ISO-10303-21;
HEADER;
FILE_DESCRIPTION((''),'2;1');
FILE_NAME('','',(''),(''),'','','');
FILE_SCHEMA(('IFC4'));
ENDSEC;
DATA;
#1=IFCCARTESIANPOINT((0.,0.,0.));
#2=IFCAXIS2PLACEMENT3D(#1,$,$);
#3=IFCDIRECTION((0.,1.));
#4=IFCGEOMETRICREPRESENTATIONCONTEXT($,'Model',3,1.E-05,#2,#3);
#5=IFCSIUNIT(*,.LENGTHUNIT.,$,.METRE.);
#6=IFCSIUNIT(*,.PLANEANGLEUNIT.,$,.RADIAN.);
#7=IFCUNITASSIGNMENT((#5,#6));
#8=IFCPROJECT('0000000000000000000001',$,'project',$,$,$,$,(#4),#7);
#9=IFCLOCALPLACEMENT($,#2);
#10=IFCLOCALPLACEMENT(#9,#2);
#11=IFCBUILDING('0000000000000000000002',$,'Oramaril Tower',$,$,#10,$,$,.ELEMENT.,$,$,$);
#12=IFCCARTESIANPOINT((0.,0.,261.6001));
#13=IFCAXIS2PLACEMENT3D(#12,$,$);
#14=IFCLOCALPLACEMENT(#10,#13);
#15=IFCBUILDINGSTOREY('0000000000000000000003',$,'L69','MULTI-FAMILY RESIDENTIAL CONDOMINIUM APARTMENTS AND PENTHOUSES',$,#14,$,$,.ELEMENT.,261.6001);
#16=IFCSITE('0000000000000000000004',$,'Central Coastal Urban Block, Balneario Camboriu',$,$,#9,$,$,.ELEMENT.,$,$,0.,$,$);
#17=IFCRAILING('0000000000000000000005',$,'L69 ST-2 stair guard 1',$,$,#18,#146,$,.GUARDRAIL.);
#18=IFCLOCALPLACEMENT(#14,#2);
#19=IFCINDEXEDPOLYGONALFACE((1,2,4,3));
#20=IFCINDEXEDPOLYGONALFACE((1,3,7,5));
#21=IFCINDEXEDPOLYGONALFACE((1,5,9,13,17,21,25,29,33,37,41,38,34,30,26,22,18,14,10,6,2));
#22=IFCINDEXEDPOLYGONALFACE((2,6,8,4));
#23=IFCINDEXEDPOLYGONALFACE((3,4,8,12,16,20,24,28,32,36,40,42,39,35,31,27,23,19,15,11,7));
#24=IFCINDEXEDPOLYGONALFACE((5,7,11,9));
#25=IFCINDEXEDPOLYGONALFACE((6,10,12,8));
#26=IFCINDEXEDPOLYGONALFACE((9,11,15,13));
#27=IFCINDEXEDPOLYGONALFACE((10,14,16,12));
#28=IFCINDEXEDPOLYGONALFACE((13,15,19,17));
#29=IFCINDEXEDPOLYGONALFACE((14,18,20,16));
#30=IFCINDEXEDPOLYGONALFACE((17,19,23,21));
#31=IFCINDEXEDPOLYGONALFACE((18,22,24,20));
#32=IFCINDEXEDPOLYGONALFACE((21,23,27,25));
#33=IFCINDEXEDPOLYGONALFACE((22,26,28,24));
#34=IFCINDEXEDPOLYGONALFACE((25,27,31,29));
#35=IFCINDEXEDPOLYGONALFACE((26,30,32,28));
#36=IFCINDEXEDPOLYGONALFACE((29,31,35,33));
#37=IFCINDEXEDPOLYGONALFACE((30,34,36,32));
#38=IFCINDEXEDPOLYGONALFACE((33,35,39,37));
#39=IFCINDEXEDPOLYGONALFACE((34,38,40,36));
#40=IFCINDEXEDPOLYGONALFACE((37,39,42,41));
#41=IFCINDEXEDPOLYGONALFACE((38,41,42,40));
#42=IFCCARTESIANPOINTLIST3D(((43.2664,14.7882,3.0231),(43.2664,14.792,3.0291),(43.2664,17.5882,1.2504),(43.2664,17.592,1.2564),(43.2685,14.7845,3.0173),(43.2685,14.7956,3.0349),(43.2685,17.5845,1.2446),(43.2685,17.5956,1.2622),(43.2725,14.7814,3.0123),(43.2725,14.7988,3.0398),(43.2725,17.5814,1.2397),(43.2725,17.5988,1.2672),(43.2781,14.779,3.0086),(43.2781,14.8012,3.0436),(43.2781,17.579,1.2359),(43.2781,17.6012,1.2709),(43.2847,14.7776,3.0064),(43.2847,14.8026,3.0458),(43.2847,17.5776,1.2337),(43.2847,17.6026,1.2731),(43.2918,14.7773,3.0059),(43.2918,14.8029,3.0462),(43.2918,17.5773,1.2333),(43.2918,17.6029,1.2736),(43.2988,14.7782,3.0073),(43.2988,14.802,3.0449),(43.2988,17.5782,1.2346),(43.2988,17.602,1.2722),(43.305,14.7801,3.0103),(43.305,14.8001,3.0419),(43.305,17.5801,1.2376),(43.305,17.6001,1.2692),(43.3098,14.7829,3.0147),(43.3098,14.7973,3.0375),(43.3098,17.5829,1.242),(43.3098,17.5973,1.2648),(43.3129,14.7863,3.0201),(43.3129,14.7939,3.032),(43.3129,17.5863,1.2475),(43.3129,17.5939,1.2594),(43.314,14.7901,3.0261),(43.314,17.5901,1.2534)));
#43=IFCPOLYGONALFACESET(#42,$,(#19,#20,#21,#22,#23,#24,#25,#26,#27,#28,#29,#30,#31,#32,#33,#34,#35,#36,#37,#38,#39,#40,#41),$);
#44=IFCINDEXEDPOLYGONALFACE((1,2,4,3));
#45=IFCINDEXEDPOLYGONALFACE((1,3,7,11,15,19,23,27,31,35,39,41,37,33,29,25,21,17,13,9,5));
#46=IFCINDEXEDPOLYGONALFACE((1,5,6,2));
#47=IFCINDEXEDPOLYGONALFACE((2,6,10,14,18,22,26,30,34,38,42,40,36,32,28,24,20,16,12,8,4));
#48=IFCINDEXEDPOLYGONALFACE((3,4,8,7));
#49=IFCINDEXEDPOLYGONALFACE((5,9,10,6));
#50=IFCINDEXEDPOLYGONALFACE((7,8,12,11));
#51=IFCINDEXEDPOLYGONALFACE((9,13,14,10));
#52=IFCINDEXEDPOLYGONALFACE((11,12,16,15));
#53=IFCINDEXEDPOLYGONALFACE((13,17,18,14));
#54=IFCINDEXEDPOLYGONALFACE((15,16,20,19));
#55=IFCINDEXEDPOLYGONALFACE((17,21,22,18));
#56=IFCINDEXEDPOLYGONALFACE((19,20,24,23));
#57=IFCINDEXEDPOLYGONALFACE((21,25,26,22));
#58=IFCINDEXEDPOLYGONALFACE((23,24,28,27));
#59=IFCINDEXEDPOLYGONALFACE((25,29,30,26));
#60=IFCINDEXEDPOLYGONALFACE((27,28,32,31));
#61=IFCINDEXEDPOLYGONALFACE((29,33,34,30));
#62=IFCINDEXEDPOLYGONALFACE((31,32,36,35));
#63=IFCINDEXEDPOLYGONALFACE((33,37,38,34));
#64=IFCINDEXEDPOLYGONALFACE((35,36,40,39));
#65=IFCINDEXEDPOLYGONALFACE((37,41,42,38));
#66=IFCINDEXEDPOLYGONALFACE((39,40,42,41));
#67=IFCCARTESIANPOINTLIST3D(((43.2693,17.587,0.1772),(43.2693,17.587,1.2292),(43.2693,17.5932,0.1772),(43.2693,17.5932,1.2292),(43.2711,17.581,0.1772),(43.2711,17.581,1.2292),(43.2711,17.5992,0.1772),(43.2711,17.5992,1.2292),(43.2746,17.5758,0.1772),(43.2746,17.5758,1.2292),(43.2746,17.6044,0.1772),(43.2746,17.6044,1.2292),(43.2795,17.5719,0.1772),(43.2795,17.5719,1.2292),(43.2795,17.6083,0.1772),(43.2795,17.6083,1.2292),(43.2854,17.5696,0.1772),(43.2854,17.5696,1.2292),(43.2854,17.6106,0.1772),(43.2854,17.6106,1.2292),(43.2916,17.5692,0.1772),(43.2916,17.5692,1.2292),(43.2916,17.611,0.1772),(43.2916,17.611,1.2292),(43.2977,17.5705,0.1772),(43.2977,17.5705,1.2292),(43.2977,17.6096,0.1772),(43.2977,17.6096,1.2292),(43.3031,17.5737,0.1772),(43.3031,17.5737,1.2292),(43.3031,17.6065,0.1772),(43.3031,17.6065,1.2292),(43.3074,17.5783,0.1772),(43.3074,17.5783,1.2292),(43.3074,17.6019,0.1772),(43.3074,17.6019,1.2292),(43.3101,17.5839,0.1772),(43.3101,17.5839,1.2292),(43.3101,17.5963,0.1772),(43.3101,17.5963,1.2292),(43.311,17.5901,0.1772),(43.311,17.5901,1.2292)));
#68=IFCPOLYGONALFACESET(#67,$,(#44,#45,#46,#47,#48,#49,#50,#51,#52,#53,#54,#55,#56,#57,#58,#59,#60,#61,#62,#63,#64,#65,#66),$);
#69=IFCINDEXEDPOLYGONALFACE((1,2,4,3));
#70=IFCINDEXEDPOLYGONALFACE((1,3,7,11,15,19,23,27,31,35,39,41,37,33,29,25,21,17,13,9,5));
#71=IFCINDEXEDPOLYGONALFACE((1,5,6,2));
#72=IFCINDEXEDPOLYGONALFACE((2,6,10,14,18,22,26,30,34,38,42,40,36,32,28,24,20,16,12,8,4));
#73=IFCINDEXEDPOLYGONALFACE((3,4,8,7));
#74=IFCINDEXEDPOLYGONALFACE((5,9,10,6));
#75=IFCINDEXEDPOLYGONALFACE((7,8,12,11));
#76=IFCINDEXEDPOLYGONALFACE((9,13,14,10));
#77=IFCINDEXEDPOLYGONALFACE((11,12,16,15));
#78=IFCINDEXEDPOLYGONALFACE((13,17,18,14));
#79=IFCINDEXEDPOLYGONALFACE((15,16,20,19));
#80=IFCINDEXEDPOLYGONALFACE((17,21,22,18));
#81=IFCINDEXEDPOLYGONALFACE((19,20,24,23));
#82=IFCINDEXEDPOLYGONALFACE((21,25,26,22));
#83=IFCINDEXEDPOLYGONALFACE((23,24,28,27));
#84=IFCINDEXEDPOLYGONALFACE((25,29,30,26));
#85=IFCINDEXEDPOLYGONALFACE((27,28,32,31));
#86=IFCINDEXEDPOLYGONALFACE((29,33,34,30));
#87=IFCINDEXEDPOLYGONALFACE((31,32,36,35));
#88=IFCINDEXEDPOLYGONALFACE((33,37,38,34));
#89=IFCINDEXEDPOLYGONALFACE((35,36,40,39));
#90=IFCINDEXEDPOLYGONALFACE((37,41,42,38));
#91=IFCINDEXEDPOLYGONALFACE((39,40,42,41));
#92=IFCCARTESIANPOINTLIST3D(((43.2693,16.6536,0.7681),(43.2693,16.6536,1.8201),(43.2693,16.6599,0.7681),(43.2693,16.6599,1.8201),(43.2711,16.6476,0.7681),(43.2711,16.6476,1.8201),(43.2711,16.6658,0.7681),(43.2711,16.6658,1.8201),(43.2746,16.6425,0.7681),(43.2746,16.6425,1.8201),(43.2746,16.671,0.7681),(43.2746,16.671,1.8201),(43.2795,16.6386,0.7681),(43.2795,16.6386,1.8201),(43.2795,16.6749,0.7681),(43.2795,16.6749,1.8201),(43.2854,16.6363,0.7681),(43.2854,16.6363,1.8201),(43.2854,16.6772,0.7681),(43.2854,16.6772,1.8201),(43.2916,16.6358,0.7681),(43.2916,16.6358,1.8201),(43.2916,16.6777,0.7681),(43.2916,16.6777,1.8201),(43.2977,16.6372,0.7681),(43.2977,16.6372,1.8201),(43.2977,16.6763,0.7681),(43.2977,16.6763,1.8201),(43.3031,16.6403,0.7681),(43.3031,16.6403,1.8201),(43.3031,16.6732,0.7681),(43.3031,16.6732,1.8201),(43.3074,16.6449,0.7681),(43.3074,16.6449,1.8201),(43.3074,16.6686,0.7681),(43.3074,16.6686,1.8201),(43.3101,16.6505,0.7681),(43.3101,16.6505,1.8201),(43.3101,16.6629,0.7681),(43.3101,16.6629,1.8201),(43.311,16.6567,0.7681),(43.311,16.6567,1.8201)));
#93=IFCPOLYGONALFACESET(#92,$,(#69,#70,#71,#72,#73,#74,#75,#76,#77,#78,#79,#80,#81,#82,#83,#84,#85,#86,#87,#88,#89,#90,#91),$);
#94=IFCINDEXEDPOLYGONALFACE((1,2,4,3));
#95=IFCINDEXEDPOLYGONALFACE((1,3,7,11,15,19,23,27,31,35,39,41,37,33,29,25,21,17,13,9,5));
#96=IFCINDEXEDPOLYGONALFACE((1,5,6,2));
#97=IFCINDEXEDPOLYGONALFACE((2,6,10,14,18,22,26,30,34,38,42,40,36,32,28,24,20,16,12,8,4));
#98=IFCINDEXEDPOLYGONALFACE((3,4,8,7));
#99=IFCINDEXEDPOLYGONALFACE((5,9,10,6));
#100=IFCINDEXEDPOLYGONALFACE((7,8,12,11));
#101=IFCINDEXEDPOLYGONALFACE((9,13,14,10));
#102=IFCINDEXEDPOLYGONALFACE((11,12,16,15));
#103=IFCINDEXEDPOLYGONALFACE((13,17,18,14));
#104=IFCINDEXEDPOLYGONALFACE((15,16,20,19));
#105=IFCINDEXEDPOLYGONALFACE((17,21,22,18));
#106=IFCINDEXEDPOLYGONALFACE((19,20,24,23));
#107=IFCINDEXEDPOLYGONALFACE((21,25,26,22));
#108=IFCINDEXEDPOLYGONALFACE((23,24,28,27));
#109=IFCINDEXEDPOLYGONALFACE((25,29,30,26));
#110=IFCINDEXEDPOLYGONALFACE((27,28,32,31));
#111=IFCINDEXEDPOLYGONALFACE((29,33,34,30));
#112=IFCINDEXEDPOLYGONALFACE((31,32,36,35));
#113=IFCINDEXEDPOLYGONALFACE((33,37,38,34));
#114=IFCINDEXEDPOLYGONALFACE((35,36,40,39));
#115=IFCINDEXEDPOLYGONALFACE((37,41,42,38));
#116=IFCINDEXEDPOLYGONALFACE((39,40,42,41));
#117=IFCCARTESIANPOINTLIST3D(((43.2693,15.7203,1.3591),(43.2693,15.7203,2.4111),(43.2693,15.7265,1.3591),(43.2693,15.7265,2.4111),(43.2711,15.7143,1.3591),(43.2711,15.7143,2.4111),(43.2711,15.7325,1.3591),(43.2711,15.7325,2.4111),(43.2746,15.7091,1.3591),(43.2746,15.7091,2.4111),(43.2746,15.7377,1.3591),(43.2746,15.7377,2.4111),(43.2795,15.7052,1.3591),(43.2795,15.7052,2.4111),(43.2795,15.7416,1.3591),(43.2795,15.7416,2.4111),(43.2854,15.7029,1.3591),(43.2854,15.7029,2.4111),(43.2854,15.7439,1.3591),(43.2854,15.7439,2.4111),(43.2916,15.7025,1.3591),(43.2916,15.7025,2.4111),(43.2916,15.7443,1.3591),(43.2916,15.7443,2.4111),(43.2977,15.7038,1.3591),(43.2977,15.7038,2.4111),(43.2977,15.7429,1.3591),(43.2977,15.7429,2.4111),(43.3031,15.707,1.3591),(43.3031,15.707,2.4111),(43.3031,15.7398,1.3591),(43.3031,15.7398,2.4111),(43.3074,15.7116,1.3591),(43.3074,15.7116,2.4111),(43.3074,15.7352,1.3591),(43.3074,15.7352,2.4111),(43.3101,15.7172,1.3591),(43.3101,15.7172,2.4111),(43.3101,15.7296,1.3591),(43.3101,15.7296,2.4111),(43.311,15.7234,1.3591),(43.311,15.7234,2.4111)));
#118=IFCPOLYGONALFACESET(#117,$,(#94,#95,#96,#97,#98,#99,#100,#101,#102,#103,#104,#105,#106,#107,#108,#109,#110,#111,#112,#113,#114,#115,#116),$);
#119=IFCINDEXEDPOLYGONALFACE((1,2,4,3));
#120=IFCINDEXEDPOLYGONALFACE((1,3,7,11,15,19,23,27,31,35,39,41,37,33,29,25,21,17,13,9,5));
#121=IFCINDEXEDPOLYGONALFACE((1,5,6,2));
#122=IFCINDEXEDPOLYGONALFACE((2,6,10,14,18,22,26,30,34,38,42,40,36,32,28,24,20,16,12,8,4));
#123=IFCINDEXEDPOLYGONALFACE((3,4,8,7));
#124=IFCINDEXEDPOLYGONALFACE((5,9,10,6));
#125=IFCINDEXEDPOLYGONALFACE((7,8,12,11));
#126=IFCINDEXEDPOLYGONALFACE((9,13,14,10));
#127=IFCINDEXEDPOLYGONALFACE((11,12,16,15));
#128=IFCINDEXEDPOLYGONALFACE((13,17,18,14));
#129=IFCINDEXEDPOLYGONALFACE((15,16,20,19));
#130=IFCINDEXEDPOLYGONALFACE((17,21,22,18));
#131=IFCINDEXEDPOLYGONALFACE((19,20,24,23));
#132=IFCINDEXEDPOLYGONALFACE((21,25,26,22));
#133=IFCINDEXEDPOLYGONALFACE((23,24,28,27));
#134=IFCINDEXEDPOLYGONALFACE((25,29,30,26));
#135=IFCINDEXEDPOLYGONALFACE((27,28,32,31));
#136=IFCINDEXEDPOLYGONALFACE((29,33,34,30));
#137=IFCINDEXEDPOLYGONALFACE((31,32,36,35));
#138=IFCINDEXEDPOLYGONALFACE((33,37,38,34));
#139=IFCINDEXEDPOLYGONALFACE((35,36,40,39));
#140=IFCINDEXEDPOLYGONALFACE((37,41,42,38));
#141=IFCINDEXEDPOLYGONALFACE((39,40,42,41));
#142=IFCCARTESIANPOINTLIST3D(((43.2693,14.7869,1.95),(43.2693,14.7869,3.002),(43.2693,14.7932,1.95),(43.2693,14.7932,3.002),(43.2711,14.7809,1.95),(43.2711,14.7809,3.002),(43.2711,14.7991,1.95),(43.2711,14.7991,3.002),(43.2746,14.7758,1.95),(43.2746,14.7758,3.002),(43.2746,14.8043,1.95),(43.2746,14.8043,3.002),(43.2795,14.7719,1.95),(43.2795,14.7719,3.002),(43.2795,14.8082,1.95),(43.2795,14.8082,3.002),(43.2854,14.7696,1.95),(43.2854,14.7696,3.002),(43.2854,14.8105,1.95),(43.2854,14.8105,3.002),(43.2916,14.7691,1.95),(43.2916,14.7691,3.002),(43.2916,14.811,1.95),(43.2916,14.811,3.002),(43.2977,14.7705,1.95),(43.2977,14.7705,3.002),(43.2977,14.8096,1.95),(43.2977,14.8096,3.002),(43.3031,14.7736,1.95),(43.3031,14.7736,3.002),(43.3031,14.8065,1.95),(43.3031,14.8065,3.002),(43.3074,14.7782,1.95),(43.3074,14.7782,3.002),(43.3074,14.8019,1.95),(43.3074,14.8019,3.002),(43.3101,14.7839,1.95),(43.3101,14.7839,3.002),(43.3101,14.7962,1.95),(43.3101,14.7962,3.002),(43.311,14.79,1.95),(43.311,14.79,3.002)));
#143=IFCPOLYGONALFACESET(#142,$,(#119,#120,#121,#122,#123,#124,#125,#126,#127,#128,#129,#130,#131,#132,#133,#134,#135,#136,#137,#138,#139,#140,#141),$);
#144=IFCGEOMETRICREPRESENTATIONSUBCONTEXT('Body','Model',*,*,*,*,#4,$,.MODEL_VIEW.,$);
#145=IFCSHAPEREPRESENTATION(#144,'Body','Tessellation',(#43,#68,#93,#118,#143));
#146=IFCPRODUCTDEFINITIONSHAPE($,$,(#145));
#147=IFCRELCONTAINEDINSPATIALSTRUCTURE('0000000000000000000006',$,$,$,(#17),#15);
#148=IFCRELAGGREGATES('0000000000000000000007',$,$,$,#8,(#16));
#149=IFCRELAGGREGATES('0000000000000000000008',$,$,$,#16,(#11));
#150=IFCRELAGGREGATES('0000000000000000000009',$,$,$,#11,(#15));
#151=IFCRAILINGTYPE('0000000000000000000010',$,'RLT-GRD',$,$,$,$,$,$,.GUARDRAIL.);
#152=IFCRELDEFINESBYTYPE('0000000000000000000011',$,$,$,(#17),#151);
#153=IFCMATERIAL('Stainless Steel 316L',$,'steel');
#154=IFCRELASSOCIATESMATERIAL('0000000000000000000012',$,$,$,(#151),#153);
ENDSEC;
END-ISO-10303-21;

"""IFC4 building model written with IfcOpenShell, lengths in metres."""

from ifc_helpers import new_model, si_unit, direction, frame, origin, origin_2d, place, context, subcontext, project, spatial, circle, extrude, material, type_object, element, save


model = new_model("IFC4")

# Units and contexts
model_context = context("Model", 3, precision=1e-05, world=origin(), true_north=direction((0.0, 1.0)))
body_context = subcontext(model_context, "Body", "Model", "MODEL_VIEW")
ifc_project = project(units=[si_unit("LENGTHUNIT", "METRE"), si_unit("PLANEANGLEUNIT", "RADIAN")], contexts=[model_context])

# Site, building, storey
site_placement = place(None, origin())
site = spatial("IfcSite", under=ifc_project, at=site_placement, Name="Central Coastal Urban Block, Balneario Camboriu", CompositionType="ELEMENT", RefElevation=0.0)
building_placement = place(site_placement, origin())
building = spatial("IfcBuilding", under=site, at=building_placement, Name="Oramaril Tower", CompositionType="ELEMENT")
storey_placement = place(building_placement, frame((0.0, 0.0, 261.6001)))
storey = spatial("IfcBuildingStorey", under=building, at=storey_placement, Name="L69", Description="MULTI-FAMILY RESIDENTIAL CONDOMINIUM APARTMENTS AND PENTHOUSES", CompositionType="ELEMENT", Elevation=261.6001)

# Railing
ifc_material_1 = material(Name="Stainless Steel 316L", Category="steel")
railing_type = type_object("IfcRailingType", Name="RLT-GRD", PredefinedType="GUARDRAIL", material=ifc_material_1)
railing_1_placement = place(storey_placement, frame((43.29, 17.5901, 0.1772)))
element("IfcRailing", 1, at=railing_1_placement, inside=storey, type_object=railing_type, Name="L69 ST-2 stair guard 1", PredefinedType="GUARDRAIL", context=body_context, shape_type="SweptSolid", body=[
    extrude(circle(Radius=0.0239, at=origin_2d()), frame((0.0, 0.0, 1.0762), z_axis=(0.0, -0.844909, 0.53491), x_axis=(1.0, 0.0, 0.0)), (0.0, 0.0, 1.0), 3.314),
    extrude(circle(Radius=0.021, at=origin_2d()), origin(), (0.0, 0.0, 1.0), 1.052),
    extrude(circle(Radius=0.021, at=origin_2d()), frame((0.0, -0.9333, 0.5908)), (0.0, 0.0, 1.0), 1.052),
    extrude(circle(Radius=0.021, at=origin_2d()), frame((0.0, -1.8667, 1.1819)), (0.0, 0.0, 1.0), 1.052),
    extrude(circle(Radius=0.021, at=origin_2d()), frame((0.0, -2.8, 1.7727)), (0.0, 0.0, 1.0), 1.052),
])

save(model, "model.ifc")
